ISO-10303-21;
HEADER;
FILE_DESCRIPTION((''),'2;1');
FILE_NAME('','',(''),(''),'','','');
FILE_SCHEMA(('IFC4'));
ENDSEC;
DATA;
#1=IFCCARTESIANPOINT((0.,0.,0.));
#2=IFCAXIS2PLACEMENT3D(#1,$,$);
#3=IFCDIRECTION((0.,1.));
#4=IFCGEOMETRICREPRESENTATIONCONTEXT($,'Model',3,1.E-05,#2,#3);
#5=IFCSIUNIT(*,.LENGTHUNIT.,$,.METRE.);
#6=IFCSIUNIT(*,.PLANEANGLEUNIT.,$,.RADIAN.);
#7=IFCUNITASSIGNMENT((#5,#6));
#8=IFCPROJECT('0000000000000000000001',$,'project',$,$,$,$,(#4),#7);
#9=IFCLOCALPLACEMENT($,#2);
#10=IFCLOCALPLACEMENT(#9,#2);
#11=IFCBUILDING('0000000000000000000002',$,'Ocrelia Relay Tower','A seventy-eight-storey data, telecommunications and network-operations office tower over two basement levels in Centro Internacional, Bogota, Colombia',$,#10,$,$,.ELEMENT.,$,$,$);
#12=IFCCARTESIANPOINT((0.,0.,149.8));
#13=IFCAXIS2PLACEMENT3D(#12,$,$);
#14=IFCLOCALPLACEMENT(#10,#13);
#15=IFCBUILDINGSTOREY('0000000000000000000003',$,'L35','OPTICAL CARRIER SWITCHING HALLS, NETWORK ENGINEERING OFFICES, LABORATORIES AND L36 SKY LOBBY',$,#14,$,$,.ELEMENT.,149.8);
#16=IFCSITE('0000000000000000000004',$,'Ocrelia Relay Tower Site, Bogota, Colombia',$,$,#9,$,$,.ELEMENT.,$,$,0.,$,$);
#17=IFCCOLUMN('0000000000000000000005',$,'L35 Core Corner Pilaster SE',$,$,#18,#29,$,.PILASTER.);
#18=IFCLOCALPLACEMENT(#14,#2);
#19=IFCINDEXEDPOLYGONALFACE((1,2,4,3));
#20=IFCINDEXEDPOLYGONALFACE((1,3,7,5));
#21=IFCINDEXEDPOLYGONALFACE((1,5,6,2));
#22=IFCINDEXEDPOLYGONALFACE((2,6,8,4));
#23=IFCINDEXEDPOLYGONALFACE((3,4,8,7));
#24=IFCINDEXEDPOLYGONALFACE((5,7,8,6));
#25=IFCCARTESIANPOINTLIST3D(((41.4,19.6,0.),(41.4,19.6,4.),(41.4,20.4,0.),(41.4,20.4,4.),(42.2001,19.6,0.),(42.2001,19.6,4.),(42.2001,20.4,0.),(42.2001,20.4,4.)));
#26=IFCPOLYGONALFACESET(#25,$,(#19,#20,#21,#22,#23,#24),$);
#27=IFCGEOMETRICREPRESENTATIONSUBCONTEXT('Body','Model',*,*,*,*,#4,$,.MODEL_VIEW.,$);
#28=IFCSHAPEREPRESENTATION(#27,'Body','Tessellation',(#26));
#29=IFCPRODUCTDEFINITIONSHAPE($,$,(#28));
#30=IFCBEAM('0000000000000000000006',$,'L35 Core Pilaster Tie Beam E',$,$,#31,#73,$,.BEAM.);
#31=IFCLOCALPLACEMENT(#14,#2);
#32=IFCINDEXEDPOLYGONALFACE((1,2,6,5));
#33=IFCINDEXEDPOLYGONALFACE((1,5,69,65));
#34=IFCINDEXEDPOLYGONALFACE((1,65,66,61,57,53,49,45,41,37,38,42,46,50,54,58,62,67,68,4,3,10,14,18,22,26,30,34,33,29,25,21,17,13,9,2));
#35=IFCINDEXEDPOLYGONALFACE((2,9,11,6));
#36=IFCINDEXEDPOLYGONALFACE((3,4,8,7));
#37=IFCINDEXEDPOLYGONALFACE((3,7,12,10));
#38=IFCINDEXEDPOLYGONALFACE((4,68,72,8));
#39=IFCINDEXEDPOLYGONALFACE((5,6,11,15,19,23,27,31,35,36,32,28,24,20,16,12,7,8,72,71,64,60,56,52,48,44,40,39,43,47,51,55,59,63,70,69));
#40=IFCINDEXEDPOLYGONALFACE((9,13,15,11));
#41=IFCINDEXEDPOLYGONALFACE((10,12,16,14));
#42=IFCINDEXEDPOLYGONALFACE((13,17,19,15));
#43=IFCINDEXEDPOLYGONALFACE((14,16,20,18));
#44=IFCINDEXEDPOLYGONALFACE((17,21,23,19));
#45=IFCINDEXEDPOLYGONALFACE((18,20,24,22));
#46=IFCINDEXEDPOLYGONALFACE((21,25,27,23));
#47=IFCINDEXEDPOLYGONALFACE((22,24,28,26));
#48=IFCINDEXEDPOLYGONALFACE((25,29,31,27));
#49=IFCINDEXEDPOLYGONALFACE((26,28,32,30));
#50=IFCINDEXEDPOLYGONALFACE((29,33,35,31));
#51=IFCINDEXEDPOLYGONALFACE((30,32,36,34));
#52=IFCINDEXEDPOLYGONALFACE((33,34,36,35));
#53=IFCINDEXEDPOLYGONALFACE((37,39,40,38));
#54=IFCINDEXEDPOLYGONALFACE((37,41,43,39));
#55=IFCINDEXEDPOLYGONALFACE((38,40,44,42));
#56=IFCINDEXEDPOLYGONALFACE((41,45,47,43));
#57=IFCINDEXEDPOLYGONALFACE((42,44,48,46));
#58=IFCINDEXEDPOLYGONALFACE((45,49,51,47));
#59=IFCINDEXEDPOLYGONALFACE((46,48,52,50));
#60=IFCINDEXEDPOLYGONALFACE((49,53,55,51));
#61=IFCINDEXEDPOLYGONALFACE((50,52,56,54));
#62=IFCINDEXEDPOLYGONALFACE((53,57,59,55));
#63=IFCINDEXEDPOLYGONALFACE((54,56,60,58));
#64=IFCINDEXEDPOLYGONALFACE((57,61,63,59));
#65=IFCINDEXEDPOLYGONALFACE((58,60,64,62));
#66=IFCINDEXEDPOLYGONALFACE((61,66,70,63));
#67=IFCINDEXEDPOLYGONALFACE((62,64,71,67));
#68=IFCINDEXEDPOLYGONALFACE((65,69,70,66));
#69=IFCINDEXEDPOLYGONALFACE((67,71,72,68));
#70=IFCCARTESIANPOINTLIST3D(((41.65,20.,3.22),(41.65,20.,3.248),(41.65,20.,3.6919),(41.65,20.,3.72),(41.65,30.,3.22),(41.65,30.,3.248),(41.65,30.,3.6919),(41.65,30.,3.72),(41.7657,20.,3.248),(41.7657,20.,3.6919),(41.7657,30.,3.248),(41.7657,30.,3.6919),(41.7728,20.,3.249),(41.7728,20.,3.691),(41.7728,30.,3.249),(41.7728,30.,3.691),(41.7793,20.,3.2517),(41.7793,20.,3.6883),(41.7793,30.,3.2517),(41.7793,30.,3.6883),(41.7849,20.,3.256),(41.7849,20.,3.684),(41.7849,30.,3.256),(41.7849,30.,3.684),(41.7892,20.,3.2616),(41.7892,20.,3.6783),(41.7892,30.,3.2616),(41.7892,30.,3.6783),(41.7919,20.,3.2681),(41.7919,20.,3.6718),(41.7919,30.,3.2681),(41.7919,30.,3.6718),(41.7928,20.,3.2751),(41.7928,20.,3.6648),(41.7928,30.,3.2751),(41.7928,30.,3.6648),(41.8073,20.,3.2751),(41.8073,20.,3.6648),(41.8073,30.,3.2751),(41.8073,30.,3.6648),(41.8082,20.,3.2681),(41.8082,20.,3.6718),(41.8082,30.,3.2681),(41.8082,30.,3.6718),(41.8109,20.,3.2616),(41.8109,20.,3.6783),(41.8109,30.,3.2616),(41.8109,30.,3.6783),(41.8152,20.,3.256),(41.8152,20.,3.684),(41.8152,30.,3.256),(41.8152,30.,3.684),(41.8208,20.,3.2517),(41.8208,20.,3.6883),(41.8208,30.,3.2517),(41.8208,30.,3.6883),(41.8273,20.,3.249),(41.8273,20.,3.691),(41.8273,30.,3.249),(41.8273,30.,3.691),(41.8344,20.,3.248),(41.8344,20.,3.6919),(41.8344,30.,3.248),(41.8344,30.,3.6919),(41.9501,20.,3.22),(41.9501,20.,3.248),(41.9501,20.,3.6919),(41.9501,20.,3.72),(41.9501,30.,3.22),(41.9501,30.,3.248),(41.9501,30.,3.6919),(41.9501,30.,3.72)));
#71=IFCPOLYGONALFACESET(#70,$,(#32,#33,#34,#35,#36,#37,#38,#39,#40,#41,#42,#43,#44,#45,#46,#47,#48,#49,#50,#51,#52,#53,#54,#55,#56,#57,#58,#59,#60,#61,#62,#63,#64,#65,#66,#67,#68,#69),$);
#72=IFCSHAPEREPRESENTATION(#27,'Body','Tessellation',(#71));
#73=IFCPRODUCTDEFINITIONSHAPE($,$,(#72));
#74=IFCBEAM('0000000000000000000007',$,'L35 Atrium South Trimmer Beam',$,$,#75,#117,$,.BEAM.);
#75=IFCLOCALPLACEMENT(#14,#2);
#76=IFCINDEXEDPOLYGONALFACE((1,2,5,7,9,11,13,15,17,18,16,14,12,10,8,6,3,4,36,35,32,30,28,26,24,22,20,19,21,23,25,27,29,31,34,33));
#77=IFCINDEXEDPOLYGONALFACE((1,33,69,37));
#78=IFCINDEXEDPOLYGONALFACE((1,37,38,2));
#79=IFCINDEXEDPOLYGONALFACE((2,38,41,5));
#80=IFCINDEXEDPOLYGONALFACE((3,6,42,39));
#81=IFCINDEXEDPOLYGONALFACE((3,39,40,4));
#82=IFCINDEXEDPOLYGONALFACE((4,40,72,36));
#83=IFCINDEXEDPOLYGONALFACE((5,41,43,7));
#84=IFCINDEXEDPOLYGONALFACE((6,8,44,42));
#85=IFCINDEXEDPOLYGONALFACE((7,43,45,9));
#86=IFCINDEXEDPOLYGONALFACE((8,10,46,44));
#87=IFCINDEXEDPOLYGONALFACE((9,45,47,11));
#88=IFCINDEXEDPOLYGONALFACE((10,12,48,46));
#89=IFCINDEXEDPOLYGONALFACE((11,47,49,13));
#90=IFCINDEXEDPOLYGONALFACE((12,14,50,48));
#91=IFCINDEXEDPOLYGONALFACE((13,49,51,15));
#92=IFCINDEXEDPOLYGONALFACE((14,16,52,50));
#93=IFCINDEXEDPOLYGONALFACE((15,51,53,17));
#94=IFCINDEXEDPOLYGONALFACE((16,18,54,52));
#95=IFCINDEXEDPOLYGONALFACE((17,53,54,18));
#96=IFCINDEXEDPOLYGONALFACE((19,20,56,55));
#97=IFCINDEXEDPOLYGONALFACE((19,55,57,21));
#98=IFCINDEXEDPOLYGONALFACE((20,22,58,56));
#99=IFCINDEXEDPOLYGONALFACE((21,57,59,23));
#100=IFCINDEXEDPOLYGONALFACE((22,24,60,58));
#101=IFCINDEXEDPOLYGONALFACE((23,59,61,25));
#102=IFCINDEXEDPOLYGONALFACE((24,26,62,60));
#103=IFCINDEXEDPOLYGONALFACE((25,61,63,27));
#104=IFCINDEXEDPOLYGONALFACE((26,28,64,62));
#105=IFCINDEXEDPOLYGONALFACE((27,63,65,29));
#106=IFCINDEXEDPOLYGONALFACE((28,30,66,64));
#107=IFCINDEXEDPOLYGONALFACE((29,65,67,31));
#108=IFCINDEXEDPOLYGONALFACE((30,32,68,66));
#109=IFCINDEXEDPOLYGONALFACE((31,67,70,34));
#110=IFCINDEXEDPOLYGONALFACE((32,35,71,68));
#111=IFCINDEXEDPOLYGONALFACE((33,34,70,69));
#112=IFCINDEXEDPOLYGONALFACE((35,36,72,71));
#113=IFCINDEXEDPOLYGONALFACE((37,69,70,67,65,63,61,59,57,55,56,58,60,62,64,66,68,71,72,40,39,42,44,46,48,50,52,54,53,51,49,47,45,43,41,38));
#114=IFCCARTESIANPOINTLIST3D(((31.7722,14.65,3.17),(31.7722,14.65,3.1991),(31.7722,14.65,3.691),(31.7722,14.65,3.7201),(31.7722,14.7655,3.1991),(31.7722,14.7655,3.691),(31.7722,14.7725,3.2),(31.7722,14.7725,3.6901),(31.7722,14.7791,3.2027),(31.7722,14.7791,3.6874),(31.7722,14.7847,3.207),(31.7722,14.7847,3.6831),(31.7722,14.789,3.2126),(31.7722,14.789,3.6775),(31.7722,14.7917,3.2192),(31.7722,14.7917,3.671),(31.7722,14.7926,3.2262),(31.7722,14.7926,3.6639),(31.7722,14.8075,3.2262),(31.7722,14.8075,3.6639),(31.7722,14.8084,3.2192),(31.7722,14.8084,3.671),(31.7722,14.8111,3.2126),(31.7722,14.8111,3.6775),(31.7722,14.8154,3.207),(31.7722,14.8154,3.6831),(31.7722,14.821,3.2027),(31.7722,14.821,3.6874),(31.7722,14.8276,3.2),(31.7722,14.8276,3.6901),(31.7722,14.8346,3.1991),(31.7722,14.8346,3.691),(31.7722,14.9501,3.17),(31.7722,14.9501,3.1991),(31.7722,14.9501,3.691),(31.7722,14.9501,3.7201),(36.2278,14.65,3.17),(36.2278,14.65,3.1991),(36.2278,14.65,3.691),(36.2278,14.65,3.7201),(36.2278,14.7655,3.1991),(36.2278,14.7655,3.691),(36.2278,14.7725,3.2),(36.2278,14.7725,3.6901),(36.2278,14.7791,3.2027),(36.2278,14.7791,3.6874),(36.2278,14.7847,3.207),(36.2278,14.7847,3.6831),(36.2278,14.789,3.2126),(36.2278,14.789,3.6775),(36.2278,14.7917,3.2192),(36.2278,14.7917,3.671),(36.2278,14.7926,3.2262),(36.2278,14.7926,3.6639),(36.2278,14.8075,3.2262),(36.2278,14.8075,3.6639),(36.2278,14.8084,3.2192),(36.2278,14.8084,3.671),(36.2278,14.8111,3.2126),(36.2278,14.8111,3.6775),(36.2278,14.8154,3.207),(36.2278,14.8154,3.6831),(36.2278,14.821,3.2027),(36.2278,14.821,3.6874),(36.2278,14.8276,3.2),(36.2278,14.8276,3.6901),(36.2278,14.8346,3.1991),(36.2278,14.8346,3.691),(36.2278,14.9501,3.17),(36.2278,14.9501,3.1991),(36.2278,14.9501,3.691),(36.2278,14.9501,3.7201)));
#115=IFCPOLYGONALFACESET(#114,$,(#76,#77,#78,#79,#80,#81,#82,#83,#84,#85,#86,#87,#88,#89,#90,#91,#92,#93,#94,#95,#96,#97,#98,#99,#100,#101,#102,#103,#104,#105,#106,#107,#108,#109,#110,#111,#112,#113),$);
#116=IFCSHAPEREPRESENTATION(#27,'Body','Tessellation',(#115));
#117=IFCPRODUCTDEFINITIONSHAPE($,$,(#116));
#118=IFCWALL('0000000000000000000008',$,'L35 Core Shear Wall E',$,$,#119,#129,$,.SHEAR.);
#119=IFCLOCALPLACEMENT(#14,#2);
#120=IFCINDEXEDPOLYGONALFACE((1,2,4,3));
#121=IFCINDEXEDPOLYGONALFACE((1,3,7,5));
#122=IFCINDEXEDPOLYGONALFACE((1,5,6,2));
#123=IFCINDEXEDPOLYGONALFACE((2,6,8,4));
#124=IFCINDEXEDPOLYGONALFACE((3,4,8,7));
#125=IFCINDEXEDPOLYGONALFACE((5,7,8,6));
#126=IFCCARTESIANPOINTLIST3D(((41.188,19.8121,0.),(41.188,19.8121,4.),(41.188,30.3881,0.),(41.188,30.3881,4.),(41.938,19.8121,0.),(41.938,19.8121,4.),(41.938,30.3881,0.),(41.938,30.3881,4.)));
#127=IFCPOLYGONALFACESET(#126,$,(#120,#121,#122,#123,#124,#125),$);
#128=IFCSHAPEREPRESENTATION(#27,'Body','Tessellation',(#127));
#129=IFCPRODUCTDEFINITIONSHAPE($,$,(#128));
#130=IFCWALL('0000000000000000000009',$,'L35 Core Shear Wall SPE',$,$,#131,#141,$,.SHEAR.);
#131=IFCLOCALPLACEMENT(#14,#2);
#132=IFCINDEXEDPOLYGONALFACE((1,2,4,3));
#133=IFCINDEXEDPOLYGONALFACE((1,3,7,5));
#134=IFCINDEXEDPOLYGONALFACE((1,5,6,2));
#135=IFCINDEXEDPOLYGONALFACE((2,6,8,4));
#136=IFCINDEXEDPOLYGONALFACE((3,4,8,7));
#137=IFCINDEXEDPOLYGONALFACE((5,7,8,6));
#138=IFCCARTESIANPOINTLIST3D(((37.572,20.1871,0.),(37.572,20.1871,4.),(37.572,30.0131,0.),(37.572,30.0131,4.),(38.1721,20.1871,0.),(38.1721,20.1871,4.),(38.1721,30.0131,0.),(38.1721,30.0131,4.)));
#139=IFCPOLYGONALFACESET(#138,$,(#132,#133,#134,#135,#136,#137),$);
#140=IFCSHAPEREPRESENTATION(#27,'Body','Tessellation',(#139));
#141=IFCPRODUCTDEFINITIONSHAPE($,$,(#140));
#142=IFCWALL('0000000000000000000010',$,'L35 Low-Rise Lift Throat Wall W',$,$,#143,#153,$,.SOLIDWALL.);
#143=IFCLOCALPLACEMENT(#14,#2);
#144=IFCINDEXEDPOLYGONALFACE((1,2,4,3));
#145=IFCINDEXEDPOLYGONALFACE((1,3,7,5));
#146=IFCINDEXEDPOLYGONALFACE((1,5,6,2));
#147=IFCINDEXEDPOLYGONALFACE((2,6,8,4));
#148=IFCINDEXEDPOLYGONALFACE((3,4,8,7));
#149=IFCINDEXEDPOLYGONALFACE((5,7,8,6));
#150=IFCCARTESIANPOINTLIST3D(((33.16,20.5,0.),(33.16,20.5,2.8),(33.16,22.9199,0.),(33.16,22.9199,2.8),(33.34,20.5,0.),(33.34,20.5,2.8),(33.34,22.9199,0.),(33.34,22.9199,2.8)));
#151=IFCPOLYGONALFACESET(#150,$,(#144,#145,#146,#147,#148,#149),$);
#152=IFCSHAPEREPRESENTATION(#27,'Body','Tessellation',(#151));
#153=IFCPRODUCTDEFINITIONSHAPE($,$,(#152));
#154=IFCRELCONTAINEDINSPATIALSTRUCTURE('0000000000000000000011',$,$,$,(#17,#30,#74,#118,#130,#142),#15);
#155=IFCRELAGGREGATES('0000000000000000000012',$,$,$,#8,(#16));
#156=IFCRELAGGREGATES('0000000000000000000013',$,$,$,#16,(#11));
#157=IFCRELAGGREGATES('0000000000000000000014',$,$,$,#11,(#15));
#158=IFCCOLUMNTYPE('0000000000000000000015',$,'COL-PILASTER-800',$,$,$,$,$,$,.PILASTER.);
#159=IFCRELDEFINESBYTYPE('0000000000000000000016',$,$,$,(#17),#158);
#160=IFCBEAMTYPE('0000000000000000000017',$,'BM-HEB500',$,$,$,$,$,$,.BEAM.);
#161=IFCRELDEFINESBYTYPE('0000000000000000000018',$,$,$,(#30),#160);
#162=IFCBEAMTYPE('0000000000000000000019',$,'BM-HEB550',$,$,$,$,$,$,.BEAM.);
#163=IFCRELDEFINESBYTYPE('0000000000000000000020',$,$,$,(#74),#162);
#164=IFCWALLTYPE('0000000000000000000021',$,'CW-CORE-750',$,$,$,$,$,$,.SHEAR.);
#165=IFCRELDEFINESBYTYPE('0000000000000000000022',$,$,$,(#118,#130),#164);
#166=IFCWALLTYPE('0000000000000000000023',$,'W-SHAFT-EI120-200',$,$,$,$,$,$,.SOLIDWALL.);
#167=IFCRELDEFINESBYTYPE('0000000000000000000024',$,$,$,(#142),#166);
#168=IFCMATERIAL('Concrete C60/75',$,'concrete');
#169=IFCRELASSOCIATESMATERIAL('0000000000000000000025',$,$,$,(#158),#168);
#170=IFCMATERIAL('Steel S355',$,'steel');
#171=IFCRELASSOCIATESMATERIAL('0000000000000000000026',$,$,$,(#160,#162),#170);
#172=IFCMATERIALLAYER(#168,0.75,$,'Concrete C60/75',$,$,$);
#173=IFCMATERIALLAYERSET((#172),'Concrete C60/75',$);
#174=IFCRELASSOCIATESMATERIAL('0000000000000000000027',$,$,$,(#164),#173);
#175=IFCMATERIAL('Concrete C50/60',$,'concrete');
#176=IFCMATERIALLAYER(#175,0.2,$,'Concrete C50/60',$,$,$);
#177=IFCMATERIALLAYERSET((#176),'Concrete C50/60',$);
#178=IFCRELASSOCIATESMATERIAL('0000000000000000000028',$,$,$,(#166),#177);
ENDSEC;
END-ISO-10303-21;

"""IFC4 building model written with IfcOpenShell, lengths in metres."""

from ifc_helpers import new_model, si_unit, direction, frame, frame_2d, origin, origin_2d, place, context, subcontext, project, spatial, rectangle, i_section, extrude, material, layer, layer_set, material_profile, profile_set, type_object, element, save


model = new_model("IFC4")

# Units and contexts
model_context = context("Model", 3, precision=1e-05, world=origin(), true_north=direction((0.0, 1.0)))
body_context = subcontext(model_context, "Body", "Model", "MODEL_VIEW")
ifc_project = project(units=[si_unit("LENGTHUNIT", "METRE"), si_unit("PLANEANGLEUNIT", "RADIAN")], contexts=[model_context])

# Site, building, storey
site_placement = place(None, origin())
site = spatial("IfcSite", under=ifc_project, at=site_placement, Name="Ocrelia Relay Tower Site, Bogota, Colombia", CompositionType="ELEMENT", RefElevation=0.0)
building_placement = place(site_placement, origin())
building = spatial("IfcBuilding", under=site, at=building_placement, Name="Ocrelia Relay Tower", Description="A seventy-eight-storey data, telecommunications and network-operations office tower over two basement levels in Centro Internacional, Bogota, Colombia", CompositionType="ELEMENT")
storey_placement = place(building_placement, frame((0.0, 0.0, 149.8)))
storey = spatial("IfcBuildingStorey", under=building, at=storey_placement, Name="L35", Description="OPTICAL CARRIER SWITCHING HALLS, NETWORK ENGINEERING OFFICES, LABORATORIES AND L36 SKY LOBBY", CompositionType="ELEMENT", Elevation=149.8)

# Column
ifc_material_1 = material(Name="Concrete C60/75", Category="concrete")
ifc_material_profile_1 = material_profile(ifc_material_1, rectangle(XDim=0.8, YDim=0.8, at=origin_2d()), Name="RC-COL-800x800")
ifc_profile_set_1 = profile_set([ifc_material_profile_1], Name="Concrete C60/75")
column_type = type_object("IfcColumnType", Name="COL-PILASTER-800", PredefinedType="PILASTER", material=ifc_profile_set_1)
column_placement = place(storey_placement, frame((41.8, 20.0, 0.0), z_axis=(0.0, 0.0, 1.0), x_axis=(1.0, 0.0, 0.0)))
element("IfcColumn", 1, at=column_placement, inside=storey, type_object=column_type, Name="L35 Core Corner Pilaster SE", PredefinedType="PILASTER", context=body_context, shape_type="SweptSolid", body=[
    extrude(rectangle(XDim=0.8, YDim=0.8, at=origin_2d()), origin(), (0.0, 0.0, 1.0), 4.0),
])

# Beams
ifc_material_2 = material(Name="Steel S355", Category="steel")
ifc_material_profile_2 = material_profile(ifc_material_2, i_section(OverallWidth=0.3, OverallDepth=0.5, WebThickness=0.0144, FlangeThickness=0.0281, FilletRadius=0.0271, at=origin_2d()), Name="HEB 500")
ifc_profile_set_2 = profile_set([ifc_material_profile_2], Name="Steel S355")
beam_type_1 = type_object("IfcBeamType", Name="BM-HEB500", PredefinedType="BEAM", material=ifc_profile_set_2)
beam_1_placement = place(storey_placement, frame((41.8, 20.0, 3.47), z_axis=(0.0, 1.0, 0.0), x_axis=(-1.0, 0.0, 0.0)))
element("IfcBeam", 2, at=beam_1_placement, inside=storey, type_object=beam_type_1, Name="L35 Core Pilaster Tie Beam E", PredefinedType="BEAM", context=body_context, shape_type="SweptSolid", body=[
    extrude(i_section(OverallWidth=0.3, OverallDepth=0.5, WebThickness=0.0144, FlangeThickness=0.0281, FilletRadius=0.0271, at=origin_2d()), origin(), (0.0, 0.0, 1.0), 10.0),
])
ifc_material_profile_3 = material_profile(ifc_material_2, i_section(OverallWidth=0.3, OverallDepth=0.55, WebThickness=0.0149, FlangeThickness=0.0291, FilletRadius=0.0271, at=origin_2d()), Name="HEB 550")
ifc_profile_set_3 = profile_set([ifc_material_profile_3], Name="Steel S355")
beam_type_2 = type_object("IfcBeamType", Name="BM-HEB550", PredefinedType="BEAM", material=ifc_profile_set_3)
beam_2_placement = place(storey_placement, frame((31.7722, 14.8, 3.4451), z_axis=(1.0, 0.0, 0.0), x_axis=(0.0, 1.0, 0.0)))
element("IfcBeam", 3, at=beam_2_placement, inside=storey, type_object=beam_type_2, Name="L35 Atrium South Trimmer Beam", PredefinedType="BEAM", context=body_context, shape_type="SweptSolid", body=[
    extrude(i_section(OverallWidth=0.3, OverallDepth=0.55, WebThickness=0.0149, FlangeThickness=0.0291, FilletRadius=0.0271, at=origin_2d()), origin(), (0.0, 0.0, 1.0), 4.4556),
])

# Walls
ifc_layer_1 = layer(ifc_material_1, 0.75, Name="Concrete C60/75")
ifc_layer_set_1 = layer_set([ifc_layer_1], Name="Concrete C60/75")
wall_type_1 = type_object("IfcWallType", Name="CW-CORE-750", PredefinedType="SHEAR", material=ifc_layer_set_1)
wall_1_placement = place(storey_placement, frame((41.563, 19.812, 0.0), z_axis=(0.0, 0.0, 1.0), x_axis=(0.0, 1.0, 0.0)))
element("IfcWall", 4, at=wall_1_placement, inside=storey, type_object=wall_type_1, Name="L35 Core Shear Wall E", PredefinedType="SHEAR", context=body_context, shape_type="SweptSolid", body=[
    extrude(rectangle(XDim=10.5759, YDim=0.75, at=frame_2d((5.2881, 0.0))), origin(), (0.0, 0.0, 1.0), 4.0),
])
wall_2_placement = place(storey_placement, frame((37.8721, 20.187, 0.0), z_axis=(0.0, 0.0, 1.0), x_axis=(0.0, 1.0, 0.0)))
element("IfcWall", 5, at=wall_2_placement, inside=storey, type_object=wall_type_1, Name="L35 Core Shear Wall SPE", PredefinedType="SHEAR", context=body_context, shape_type="SweptSolid", body=[
    extrude(rectangle(XDim=9.8259, YDim=0.6001, at=frame_2d((4.9131, 0.0))), origin(), (0.0, 0.0, 1.0), 4.0),
])
ifc_material_3 = material(Name="Concrete C50/60", Category="concrete")
ifc_layer_2 = layer(ifc_material_3, 0.2, Name="Concrete C50/60")
ifc_layer_set_2 = layer_set([ifc_layer_2], Name="Concrete C50/60")
wall_type_2 = type_object("IfcWallType", Name="W-SHAFT-EI120-200", PredefinedType="SOLIDWALL", material=ifc_layer_set_2)
wall_3_placement = place(storey_placement, frame((33.25, 20.5, 0.0), z_axis=(0.0, 0.0, 1.0), x_axis=(0.0, 1.0, 0.0)))
element("IfcWall", 6, at=wall_3_placement, inside=storey, type_object=wall_type_2, Name="L35 Low-Rise Lift Throat Wall W", PredefinedType="SOLIDWALL", context=body_context, shape_type="SweptSolid", body=[
    extrude(rectangle(XDim=2.4199, YDim=0.1799, at=frame_2d((1.21, 0.0))), origin(), (0.0, 0.0, 1.0), 2.8),
])

save(model, "model.ifc")
